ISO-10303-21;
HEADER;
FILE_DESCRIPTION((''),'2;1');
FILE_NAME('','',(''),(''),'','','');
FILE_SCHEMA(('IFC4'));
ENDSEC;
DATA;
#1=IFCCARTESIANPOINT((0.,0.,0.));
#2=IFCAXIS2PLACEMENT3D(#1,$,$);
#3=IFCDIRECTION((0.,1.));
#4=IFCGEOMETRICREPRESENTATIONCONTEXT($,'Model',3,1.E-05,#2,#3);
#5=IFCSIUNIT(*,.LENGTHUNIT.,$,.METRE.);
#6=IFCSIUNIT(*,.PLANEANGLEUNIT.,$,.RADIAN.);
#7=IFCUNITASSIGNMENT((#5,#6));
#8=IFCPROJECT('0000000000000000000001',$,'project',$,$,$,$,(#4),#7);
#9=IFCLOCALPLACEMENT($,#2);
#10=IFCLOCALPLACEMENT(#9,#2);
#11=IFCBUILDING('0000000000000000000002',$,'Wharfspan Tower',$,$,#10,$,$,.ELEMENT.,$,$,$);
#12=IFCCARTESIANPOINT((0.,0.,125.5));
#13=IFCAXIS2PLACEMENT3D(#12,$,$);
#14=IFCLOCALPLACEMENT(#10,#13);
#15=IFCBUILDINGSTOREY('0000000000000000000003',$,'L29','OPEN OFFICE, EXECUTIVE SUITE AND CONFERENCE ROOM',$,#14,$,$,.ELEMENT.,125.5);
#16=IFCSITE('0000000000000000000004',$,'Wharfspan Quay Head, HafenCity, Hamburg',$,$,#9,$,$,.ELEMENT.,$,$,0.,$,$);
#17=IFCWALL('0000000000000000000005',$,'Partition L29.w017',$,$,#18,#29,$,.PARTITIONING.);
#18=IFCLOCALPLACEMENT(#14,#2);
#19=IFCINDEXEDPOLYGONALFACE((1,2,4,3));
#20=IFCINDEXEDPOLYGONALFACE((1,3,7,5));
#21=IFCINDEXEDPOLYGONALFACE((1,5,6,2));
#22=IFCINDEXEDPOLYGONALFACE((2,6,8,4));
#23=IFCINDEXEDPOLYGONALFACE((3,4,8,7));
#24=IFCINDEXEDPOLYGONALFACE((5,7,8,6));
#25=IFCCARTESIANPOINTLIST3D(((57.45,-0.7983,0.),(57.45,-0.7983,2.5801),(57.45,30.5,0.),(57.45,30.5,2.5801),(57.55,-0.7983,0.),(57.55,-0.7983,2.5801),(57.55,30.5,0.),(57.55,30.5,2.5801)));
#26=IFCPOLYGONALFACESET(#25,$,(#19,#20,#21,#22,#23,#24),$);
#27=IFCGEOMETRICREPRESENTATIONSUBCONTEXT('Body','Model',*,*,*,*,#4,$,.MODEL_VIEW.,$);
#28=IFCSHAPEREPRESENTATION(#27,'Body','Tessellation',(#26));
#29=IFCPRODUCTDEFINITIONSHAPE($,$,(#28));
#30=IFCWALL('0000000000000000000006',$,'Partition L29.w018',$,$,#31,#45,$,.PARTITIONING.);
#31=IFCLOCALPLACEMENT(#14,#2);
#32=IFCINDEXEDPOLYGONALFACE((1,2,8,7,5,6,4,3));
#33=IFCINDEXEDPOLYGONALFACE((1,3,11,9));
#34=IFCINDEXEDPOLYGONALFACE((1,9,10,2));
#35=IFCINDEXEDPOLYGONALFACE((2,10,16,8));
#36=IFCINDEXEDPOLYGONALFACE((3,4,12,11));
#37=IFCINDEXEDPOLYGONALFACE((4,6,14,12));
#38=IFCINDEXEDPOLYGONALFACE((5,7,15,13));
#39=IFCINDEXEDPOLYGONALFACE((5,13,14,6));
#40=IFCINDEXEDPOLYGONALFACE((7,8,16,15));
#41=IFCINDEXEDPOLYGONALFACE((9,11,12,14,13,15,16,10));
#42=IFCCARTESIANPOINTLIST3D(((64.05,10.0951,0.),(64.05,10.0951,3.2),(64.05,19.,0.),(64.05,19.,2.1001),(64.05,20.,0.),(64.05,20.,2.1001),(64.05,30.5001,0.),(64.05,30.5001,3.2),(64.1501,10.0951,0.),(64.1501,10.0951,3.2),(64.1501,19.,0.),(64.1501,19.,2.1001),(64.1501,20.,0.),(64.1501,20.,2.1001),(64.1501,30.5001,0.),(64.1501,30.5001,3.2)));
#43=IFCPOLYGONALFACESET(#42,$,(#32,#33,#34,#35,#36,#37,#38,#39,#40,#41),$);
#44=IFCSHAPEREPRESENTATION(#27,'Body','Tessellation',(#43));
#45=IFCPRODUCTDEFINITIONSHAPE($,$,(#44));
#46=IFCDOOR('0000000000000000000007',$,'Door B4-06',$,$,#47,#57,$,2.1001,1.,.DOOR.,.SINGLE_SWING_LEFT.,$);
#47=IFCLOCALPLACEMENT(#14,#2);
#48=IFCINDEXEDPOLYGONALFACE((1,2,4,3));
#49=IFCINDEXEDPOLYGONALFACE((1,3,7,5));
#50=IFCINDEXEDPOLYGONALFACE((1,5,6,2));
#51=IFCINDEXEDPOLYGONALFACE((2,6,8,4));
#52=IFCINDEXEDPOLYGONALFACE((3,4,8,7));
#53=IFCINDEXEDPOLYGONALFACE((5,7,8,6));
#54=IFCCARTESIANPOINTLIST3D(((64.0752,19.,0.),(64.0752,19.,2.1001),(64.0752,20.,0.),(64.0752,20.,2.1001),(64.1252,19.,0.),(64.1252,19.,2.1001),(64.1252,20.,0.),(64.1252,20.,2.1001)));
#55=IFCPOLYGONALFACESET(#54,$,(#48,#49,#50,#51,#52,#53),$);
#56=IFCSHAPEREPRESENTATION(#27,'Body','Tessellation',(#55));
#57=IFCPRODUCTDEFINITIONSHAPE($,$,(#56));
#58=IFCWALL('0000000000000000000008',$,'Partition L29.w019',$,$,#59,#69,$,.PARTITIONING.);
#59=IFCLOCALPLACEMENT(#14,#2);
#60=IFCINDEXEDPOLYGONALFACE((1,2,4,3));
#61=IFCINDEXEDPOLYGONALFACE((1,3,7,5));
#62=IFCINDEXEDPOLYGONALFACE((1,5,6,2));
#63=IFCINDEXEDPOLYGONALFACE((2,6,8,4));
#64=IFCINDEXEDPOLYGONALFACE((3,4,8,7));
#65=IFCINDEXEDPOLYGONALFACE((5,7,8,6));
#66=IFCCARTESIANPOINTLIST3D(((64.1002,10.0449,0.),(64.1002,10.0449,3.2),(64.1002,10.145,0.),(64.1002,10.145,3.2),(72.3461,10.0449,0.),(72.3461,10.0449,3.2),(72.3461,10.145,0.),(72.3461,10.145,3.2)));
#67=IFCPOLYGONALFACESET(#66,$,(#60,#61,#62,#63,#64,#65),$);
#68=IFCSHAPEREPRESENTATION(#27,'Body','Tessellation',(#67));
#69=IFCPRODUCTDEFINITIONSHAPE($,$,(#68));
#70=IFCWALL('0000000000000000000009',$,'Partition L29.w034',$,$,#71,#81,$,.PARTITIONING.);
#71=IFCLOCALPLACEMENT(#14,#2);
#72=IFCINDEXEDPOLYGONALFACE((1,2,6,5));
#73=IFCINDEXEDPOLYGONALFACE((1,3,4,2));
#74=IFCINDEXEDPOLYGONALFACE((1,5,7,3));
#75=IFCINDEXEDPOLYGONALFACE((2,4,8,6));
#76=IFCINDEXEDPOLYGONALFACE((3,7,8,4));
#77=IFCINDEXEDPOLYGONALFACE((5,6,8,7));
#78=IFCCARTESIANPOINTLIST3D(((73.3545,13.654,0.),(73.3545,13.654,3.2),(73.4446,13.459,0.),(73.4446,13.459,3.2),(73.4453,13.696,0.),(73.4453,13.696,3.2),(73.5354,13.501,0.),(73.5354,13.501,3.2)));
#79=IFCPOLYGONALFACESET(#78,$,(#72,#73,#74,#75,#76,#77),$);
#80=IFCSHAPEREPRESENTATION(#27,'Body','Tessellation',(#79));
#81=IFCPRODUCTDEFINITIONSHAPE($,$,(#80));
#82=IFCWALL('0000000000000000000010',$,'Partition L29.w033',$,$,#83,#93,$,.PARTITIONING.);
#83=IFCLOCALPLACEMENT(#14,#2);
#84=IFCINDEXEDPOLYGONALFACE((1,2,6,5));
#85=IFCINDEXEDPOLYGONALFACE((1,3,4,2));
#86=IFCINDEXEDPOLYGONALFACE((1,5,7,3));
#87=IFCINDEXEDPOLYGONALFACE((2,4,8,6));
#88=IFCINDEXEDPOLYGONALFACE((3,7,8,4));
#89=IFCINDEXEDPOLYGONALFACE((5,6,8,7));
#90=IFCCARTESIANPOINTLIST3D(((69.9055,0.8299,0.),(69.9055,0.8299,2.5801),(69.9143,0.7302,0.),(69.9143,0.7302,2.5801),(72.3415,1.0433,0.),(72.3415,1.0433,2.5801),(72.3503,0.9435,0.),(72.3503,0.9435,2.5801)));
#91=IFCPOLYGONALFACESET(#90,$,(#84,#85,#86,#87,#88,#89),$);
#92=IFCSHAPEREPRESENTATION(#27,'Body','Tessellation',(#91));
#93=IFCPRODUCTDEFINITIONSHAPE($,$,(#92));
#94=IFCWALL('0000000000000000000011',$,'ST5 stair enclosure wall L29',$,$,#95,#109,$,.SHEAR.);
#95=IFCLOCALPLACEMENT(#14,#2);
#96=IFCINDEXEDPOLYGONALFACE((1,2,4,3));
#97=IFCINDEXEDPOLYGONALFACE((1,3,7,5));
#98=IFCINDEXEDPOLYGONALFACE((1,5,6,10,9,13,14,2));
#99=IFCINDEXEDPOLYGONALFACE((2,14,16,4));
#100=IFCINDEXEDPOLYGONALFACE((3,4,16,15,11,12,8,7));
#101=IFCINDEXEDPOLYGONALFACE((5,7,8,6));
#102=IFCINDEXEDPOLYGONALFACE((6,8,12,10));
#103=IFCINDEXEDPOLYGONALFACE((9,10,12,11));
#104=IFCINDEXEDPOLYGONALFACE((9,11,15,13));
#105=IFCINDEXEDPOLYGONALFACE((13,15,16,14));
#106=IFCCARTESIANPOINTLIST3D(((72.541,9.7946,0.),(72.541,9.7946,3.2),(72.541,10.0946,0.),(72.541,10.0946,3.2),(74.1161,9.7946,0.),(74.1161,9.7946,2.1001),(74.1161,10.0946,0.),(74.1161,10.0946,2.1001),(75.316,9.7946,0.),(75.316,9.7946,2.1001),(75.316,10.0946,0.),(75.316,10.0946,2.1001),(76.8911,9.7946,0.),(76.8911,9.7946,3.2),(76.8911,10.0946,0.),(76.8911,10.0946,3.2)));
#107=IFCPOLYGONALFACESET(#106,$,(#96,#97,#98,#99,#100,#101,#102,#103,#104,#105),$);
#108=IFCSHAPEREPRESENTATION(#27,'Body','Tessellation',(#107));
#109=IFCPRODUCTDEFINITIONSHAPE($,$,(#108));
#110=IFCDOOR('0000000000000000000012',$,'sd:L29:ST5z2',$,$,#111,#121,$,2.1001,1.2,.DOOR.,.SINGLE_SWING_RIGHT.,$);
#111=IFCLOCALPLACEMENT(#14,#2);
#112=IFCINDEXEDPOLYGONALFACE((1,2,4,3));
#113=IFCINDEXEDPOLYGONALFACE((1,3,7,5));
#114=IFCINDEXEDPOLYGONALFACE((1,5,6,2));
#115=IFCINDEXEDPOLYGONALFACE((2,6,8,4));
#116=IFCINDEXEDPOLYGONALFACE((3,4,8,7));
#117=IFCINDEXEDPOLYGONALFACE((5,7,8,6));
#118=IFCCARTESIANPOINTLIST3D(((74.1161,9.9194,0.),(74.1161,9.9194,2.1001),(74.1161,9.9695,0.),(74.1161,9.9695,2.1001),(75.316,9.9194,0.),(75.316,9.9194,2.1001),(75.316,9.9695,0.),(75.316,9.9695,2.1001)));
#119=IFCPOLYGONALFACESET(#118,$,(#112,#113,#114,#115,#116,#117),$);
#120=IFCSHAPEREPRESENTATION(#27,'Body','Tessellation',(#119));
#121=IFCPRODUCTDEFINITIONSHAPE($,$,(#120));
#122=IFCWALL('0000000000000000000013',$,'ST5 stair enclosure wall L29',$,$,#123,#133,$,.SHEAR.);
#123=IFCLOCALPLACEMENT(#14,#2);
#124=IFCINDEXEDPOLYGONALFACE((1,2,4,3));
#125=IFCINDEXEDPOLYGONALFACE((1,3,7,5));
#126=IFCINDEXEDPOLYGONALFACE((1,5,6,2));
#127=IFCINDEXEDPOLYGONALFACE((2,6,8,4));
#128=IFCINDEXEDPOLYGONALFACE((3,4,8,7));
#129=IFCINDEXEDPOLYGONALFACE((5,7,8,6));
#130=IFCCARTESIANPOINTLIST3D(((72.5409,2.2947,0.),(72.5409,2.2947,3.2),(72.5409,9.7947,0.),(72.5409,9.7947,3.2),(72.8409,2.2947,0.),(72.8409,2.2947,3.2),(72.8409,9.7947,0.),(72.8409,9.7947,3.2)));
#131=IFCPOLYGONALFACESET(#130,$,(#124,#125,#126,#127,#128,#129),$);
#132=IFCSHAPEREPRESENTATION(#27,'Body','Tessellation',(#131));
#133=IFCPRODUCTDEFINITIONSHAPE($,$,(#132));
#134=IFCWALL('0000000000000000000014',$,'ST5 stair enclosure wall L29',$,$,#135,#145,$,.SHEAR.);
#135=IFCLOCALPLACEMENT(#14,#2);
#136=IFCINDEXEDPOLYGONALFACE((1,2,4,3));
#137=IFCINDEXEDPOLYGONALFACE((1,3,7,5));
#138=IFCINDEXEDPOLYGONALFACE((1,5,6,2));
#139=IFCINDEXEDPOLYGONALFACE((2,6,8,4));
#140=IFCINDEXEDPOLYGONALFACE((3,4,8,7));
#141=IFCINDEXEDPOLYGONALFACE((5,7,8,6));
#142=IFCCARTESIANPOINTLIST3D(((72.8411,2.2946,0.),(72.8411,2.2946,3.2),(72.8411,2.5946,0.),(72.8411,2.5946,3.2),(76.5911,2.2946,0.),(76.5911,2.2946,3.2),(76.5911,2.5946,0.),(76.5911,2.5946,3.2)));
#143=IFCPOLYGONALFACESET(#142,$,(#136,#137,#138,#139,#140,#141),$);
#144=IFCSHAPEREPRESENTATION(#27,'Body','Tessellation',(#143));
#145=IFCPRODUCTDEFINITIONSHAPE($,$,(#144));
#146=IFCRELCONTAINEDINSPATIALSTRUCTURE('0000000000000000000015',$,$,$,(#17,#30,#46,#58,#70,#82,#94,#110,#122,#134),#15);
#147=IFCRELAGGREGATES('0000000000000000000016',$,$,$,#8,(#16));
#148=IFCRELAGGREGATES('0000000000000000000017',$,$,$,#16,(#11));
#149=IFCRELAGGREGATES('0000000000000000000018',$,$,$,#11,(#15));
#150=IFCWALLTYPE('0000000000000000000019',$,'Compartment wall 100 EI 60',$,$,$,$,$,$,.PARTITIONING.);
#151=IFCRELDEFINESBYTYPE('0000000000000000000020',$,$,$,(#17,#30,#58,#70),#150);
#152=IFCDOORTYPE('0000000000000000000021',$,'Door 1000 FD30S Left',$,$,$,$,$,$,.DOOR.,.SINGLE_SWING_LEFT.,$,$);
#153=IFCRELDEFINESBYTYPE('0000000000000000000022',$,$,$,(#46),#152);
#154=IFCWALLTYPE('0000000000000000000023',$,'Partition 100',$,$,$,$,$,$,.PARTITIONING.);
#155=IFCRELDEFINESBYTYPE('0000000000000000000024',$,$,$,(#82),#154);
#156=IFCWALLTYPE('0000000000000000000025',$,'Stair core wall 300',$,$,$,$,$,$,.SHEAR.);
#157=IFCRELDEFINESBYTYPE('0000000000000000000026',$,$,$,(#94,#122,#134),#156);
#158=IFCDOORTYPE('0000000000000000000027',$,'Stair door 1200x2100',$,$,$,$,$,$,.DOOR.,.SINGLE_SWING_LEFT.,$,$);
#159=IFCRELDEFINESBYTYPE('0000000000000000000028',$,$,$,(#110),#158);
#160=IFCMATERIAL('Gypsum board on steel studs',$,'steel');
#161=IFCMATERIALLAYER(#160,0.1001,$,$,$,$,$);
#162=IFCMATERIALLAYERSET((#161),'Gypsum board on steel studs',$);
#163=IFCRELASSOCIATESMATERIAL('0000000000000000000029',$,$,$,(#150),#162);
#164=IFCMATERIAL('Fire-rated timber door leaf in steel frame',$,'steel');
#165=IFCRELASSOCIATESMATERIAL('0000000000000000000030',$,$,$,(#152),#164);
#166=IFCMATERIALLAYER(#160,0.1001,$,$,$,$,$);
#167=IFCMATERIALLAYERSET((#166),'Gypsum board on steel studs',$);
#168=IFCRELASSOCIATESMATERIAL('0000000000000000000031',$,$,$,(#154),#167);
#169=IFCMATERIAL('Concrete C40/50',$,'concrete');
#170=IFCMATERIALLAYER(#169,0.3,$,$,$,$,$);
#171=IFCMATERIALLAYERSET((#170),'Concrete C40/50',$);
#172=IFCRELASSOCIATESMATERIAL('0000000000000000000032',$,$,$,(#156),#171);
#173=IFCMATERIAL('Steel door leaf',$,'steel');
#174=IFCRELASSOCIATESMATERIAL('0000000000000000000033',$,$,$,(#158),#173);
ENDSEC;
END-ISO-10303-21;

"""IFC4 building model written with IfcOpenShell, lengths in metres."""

from ifc_helpers import new_model, si_unit, direction, frame, frame_2d, origin, place, context, subcontext, project, spatial, rectangle, extrude, material, layer, layer_set, type_object, element, fill, save


model = new_model("IFC4")

# Units and contexts
model_context = context("Model", 3, precision=1e-05, world=origin(), true_north=direction((0.0, 1.0)))
body_context = subcontext(model_context, "Body", "Model", "MODEL_VIEW")
ifc_project = project(units=[si_unit("LENGTHUNIT", "METRE"), si_unit("PLANEANGLEUNIT", "RADIAN")], contexts=[model_context])

# Site, building, storey
site_placement = place(None, origin())
site = spatial("IfcSite", under=ifc_project, at=site_placement, Name="Wharfspan Quay Head, HafenCity, Hamburg", CompositionType="ELEMENT", RefElevation=0.0)
building_placement = place(site_placement, origin())
building = spatial("IfcBuilding", under=site, at=building_placement, Name="Wharfspan Tower", CompositionType="ELEMENT")
storey_placement = place(building_placement, frame((0.0, 0.0, 125.5)))
storey = spatial("IfcBuildingStorey", under=building, at=storey_placement, Name="L29", Description="OPEN OFFICE, EXECUTIVE SUITE AND CONFERENCE ROOM", CompositionType="ELEMENT", Elevation=125.5)

# Wall
ifc_material_1 = material(Name="Gypsum board on steel studs", Category="steel")
ifc_layer_1 = layer(ifc_material_1, 0.1001)
ifc_layer_set_1 = layer_set([ifc_layer_1], Name="Gypsum board on steel studs")
wall_type_1 = type_object("IfcWallType", Name="Compartment wall 100 EI 60", PredefinedType="PARTITIONING", material=ifc_layer_set_1)
wall_1_placement = place(storey_placement, frame((57.5, -0.7983, 0.0), z_axis=(0.0, 0.0, 1.0), x_axis=(0.0, 1.0, 0.0)))
element("IfcWall", 1, at=wall_1_placement, inside=storey, type_object=wall_type_1, Name="Partition L29.w017", PredefinedType="PARTITIONING", context=body_context, shape_type="SweptSolid", body=[
    extrude(rectangle(XDim=31.2983, YDim=0.1001, at=frame_2d((15.6492, 0.0))), origin(), (0.0, 0.0, 1.0), 2.5801),
])

# Wall, opening, door
wall_2_placement = place(storey_placement, frame((64.1001, 10.095, 0.0), z_axis=(0.0, 0.0, 1.0), x_axis=(0.0, 1.0, 0.0)))
wall_2 = element("IfcWall", 2, at=wall_2_placement, inside=storey, type_object=wall_type_1, Name="Partition L29.w018", PredefinedType="PARTITIONING", context=body_context, shape_type="SweptSolid", body=[
    extrude(rectangle(XDim=20.405, YDim=0.1001, at=frame_2d((10.2026, 0.0))), origin(), (0.0, 0.0, 1.0), 3.2),
])
opening_1_placement = place(wall_2_placement, frame((8.905, 0.0, 0.0)))
opening_1 = element("IfcOpeningElement", 3, at=opening_1_placement, cuts=wall_2, PredefinedType="OPENING", context=body_context, shape_type="SweptSolid", body=[
    extrude(rectangle(XDim=1.0, YDim=2.1001, at=frame_2d((0.5, 1.05))), frame((0.0, 0.0601, 0.0), z_axis=(0.0, -1.0, 0.0), x_axis=(1.0, 0.0, 0.0)), (0.0, 0.0, 1.0), 0.1201),
])
ifc_material_2 = material(Name="Fire-rated timber door leaf in steel frame", Category="steel")
door_type_1 = type_object("IfcDoorType", Name="Door 1000 FD30S Left", OperationType="SINGLE_SWING_LEFT", PredefinedType="DOOR", material=ifc_material_2)
door_1_placement = place(opening_1_placement, origin())
door_1 = element("IfcDoor", 4, at=door_1_placement, inside=storey, type_object=door_type_1, Name="Door B4-06", OperationType="SINGLE_SWING_LEFT", OverallHeight=2.1001, OverallWidth=1.0, PredefinedType="DOOR", context=body_context, shape_type="SweptSolid", body=[
    extrude(rectangle(XDim=1.0, YDim=2.1001, at=frame_2d((0.5, 1.05))), frame((0.0, 0.0249, 0.0), z_axis=(0.0, -1.0, 0.0), x_axis=(1.0, 0.0, 0.0)), (0.0, 0.0, 1.0), 0.05),
])
fill(opening_1, door_1)

# Walls
wall_3_placement = place(storey_placement, frame((64.1001, 10.095, 0.0), z_axis=(0.0, 0.0, 1.0), x_axis=(1.0, 0.0, 0.0)))
element("IfcWall", 5, at=wall_3_placement, inside=storey, type_object=wall_type_1, Name="Partition L29.w019", PredefinedType="PARTITIONING", context=body_context, shape_type="SweptSolid", body=[
    extrude(rectangle(XDim=8.2459, YDim=0.1001, at=frame_2d((4.123, 0.0))), origin(), (0.0, 0.0, 1.0), 3.2),
])
wall_4_placement = place(storey_placement, frame((73.49, 13.48, 0.0), z_axis=(0.0, 0.0, 1.0), x_axis=(-0.419275, 0.907861, 0.0)))
element("IfcWall", 6, at=wall_4_placement, inside=storey, type_object=wall_type_1, Name="Partition L29.w034", PredefinedType="PARTITIONING", context=body_context, shape_type="SweptSolid", body=[
    extrude(rectangle(XDim=0.2148, YDim=0.1001, at=frame_2d((0.1074, 0.0))), origin(), (0.0, 0.0, 1.0), 3.2),
])
ifc_layer_2 = layer(ifc_material_1, 0.1001)
ifc_layer_set_2 = layer_set([ifc_layer_2], Name="Gypsum board on steel studs")
wall_type_2 = type_object("IfcWallType", Name="Partition 100", PredefinedType="PARTITIONING", material=ifc_layer_set_2)
wall_5_placement = place(storey_placement, frame((69.9099, 0.78, 0.0), z_axis=(0.0, 0.0, 1.0), x_axis=(0.99619, 0.087259, 0.0)))
element("IfcWall", 7, at=wall_5_placement, inside=storey, type_object=wall_type_2, Name="Partition L29.w033", PredefinedType="PARTITIONING", context=body_context, shape_type="SweptSolid", body=[
    extrude(rectangle(XDim=2.4453, YDim=0.1001, at=frame_2d((1.2227, 0.0))), origin(), (0.0, 0.0, 1.0), 2.5801),
])

# Wall, opening, door
ifc_material_3 = material(Name="Concrete C40/50", Category="concrete")
ifc_layer_3 = layer(ifc_material_3, 0.3)
ifc_layer_set_3 = layer_set([ifc_layer_3], Name="Concrete C40/50")
wall_type_3 = type_object("IfcWallType", Name="Stair core wall 300", PredefinedType="SHEAR", material=ifc_layer_set_3)
wall_6_placement = place(storey_placement, frame((72.541, 9.9446, 0.0), z_axis=(0.0, 0.0, 1.0), x_axis=(1.0, 0.0, 0.0)))
wall_6 = element("IfcWall", 8, at=wall_6_placement, inside=storey, type_object=wall_type_3, Name="ST5 stair enclosure wall L29", PredefinedType="SHEAR", context=body_context, shape_type="SweptSolid", body=[
    extrude(rectangle(XDim=4.3501, YDim=0.3, at=frame_2d((2.175, 0.0))), origin(), (0.0, 0.0, 1.0), 3.2),
])
opening_2_placement = place(wall_6_placement, frame((1.575, 0.0, 0.0)))
opening_2 = element("IfcOpeningElement", 9, at=opening_2_placement, cuts=wall_6, PredefinedType="OPENING", context=body_context, shape_type="SweptSolid", body=[
    extrude(rectangle(XDim=1.2, YDim=2.1001, at=frame_2d((0.6001, 1.05))), frame((0.0, 0.1599, 0.0), z_axis=(0.0, -1.0, 0.0), x_axis=(1.0, 0.0, 0.0)), (0.0, 0.0, 1.0), 0.3201),
])
ifc_material_4 = material(Name="Steel door leaf", Category="steel")
door_type_2 = type_object("IfcDoorType", Name="Stair door 1200x2100", OperationType="SINGLE_SWING_LEFT", PredefinedType="DOOR", material=ifc_material_4)
door_2_placement = place(opening_2_placement, origin())
door_2 = element("IfcDoor", 10, at=door_2_placement, inside=storey, type_object=door_type_2, Name="sd:L29:ST5z2", OperationType="SINGLE_SWING_RIGHT", OverallHeight=2.1001, OverallWidth=1.2, PredefinedType="DOOR", context=body_context, shape_type="SweptSolid", body=[
    extrude(rectangle(XDim=1.2, YDim=2.1001, at=frame_2d((0.6001, 1.05))), frame((0.0, 0.0249, 0.0), z_axis=(0.0, -1.0, 0.0), x_axis=(1.0, 0.0, 0.0)), (0.0, 0.0, 1.0), 0.05),
])
fill(opening_2, door_2)

# Walls
wall_7_placement = place(storey_placement, frame((72.6909, 2.2947, 0.0), z_axis=(0.0, 0.0, 1.0), x_axis=(0.0, 1.0, 0.0)))
element("IfcWall", 11, at=wall_7_placement, inside=storey, type_object=wall_type_3, Name="ST5 stair enclosure wall L29", PredefinedType="SHEAR", context=body_context, shape_type="SweptSolid", body=[
    extrude(rectangle(XDim=7.5, YDim=0.3, at=frame_2d((3.75, 0.0))), origin(), (0.0, 0.0, 1.0), 3.2),
])
wall_8_placement = place(storey_placement, frame((72.8411, 2.4446, 0.0), z_axis=(0.0, 0.0, 1.0), x_axis=(1.0, 0.0, 0.0)))
element("IfcWall", 12, at=wall_8_placement, inside=storey, type_object=wall_type_3, Name="ST5 stair enclosure wall L29", PredefinedType="SHEAR", context=body_context, shape_type="SweptSolid", body=[
    extrude(rectangle(XDim=3.75, YDim=0.3, at=frame_2d((1.875, 0.0))), origin(), (0.0, 0.0, 1.0), 3.2),
])

save(model, "model.ifc")
